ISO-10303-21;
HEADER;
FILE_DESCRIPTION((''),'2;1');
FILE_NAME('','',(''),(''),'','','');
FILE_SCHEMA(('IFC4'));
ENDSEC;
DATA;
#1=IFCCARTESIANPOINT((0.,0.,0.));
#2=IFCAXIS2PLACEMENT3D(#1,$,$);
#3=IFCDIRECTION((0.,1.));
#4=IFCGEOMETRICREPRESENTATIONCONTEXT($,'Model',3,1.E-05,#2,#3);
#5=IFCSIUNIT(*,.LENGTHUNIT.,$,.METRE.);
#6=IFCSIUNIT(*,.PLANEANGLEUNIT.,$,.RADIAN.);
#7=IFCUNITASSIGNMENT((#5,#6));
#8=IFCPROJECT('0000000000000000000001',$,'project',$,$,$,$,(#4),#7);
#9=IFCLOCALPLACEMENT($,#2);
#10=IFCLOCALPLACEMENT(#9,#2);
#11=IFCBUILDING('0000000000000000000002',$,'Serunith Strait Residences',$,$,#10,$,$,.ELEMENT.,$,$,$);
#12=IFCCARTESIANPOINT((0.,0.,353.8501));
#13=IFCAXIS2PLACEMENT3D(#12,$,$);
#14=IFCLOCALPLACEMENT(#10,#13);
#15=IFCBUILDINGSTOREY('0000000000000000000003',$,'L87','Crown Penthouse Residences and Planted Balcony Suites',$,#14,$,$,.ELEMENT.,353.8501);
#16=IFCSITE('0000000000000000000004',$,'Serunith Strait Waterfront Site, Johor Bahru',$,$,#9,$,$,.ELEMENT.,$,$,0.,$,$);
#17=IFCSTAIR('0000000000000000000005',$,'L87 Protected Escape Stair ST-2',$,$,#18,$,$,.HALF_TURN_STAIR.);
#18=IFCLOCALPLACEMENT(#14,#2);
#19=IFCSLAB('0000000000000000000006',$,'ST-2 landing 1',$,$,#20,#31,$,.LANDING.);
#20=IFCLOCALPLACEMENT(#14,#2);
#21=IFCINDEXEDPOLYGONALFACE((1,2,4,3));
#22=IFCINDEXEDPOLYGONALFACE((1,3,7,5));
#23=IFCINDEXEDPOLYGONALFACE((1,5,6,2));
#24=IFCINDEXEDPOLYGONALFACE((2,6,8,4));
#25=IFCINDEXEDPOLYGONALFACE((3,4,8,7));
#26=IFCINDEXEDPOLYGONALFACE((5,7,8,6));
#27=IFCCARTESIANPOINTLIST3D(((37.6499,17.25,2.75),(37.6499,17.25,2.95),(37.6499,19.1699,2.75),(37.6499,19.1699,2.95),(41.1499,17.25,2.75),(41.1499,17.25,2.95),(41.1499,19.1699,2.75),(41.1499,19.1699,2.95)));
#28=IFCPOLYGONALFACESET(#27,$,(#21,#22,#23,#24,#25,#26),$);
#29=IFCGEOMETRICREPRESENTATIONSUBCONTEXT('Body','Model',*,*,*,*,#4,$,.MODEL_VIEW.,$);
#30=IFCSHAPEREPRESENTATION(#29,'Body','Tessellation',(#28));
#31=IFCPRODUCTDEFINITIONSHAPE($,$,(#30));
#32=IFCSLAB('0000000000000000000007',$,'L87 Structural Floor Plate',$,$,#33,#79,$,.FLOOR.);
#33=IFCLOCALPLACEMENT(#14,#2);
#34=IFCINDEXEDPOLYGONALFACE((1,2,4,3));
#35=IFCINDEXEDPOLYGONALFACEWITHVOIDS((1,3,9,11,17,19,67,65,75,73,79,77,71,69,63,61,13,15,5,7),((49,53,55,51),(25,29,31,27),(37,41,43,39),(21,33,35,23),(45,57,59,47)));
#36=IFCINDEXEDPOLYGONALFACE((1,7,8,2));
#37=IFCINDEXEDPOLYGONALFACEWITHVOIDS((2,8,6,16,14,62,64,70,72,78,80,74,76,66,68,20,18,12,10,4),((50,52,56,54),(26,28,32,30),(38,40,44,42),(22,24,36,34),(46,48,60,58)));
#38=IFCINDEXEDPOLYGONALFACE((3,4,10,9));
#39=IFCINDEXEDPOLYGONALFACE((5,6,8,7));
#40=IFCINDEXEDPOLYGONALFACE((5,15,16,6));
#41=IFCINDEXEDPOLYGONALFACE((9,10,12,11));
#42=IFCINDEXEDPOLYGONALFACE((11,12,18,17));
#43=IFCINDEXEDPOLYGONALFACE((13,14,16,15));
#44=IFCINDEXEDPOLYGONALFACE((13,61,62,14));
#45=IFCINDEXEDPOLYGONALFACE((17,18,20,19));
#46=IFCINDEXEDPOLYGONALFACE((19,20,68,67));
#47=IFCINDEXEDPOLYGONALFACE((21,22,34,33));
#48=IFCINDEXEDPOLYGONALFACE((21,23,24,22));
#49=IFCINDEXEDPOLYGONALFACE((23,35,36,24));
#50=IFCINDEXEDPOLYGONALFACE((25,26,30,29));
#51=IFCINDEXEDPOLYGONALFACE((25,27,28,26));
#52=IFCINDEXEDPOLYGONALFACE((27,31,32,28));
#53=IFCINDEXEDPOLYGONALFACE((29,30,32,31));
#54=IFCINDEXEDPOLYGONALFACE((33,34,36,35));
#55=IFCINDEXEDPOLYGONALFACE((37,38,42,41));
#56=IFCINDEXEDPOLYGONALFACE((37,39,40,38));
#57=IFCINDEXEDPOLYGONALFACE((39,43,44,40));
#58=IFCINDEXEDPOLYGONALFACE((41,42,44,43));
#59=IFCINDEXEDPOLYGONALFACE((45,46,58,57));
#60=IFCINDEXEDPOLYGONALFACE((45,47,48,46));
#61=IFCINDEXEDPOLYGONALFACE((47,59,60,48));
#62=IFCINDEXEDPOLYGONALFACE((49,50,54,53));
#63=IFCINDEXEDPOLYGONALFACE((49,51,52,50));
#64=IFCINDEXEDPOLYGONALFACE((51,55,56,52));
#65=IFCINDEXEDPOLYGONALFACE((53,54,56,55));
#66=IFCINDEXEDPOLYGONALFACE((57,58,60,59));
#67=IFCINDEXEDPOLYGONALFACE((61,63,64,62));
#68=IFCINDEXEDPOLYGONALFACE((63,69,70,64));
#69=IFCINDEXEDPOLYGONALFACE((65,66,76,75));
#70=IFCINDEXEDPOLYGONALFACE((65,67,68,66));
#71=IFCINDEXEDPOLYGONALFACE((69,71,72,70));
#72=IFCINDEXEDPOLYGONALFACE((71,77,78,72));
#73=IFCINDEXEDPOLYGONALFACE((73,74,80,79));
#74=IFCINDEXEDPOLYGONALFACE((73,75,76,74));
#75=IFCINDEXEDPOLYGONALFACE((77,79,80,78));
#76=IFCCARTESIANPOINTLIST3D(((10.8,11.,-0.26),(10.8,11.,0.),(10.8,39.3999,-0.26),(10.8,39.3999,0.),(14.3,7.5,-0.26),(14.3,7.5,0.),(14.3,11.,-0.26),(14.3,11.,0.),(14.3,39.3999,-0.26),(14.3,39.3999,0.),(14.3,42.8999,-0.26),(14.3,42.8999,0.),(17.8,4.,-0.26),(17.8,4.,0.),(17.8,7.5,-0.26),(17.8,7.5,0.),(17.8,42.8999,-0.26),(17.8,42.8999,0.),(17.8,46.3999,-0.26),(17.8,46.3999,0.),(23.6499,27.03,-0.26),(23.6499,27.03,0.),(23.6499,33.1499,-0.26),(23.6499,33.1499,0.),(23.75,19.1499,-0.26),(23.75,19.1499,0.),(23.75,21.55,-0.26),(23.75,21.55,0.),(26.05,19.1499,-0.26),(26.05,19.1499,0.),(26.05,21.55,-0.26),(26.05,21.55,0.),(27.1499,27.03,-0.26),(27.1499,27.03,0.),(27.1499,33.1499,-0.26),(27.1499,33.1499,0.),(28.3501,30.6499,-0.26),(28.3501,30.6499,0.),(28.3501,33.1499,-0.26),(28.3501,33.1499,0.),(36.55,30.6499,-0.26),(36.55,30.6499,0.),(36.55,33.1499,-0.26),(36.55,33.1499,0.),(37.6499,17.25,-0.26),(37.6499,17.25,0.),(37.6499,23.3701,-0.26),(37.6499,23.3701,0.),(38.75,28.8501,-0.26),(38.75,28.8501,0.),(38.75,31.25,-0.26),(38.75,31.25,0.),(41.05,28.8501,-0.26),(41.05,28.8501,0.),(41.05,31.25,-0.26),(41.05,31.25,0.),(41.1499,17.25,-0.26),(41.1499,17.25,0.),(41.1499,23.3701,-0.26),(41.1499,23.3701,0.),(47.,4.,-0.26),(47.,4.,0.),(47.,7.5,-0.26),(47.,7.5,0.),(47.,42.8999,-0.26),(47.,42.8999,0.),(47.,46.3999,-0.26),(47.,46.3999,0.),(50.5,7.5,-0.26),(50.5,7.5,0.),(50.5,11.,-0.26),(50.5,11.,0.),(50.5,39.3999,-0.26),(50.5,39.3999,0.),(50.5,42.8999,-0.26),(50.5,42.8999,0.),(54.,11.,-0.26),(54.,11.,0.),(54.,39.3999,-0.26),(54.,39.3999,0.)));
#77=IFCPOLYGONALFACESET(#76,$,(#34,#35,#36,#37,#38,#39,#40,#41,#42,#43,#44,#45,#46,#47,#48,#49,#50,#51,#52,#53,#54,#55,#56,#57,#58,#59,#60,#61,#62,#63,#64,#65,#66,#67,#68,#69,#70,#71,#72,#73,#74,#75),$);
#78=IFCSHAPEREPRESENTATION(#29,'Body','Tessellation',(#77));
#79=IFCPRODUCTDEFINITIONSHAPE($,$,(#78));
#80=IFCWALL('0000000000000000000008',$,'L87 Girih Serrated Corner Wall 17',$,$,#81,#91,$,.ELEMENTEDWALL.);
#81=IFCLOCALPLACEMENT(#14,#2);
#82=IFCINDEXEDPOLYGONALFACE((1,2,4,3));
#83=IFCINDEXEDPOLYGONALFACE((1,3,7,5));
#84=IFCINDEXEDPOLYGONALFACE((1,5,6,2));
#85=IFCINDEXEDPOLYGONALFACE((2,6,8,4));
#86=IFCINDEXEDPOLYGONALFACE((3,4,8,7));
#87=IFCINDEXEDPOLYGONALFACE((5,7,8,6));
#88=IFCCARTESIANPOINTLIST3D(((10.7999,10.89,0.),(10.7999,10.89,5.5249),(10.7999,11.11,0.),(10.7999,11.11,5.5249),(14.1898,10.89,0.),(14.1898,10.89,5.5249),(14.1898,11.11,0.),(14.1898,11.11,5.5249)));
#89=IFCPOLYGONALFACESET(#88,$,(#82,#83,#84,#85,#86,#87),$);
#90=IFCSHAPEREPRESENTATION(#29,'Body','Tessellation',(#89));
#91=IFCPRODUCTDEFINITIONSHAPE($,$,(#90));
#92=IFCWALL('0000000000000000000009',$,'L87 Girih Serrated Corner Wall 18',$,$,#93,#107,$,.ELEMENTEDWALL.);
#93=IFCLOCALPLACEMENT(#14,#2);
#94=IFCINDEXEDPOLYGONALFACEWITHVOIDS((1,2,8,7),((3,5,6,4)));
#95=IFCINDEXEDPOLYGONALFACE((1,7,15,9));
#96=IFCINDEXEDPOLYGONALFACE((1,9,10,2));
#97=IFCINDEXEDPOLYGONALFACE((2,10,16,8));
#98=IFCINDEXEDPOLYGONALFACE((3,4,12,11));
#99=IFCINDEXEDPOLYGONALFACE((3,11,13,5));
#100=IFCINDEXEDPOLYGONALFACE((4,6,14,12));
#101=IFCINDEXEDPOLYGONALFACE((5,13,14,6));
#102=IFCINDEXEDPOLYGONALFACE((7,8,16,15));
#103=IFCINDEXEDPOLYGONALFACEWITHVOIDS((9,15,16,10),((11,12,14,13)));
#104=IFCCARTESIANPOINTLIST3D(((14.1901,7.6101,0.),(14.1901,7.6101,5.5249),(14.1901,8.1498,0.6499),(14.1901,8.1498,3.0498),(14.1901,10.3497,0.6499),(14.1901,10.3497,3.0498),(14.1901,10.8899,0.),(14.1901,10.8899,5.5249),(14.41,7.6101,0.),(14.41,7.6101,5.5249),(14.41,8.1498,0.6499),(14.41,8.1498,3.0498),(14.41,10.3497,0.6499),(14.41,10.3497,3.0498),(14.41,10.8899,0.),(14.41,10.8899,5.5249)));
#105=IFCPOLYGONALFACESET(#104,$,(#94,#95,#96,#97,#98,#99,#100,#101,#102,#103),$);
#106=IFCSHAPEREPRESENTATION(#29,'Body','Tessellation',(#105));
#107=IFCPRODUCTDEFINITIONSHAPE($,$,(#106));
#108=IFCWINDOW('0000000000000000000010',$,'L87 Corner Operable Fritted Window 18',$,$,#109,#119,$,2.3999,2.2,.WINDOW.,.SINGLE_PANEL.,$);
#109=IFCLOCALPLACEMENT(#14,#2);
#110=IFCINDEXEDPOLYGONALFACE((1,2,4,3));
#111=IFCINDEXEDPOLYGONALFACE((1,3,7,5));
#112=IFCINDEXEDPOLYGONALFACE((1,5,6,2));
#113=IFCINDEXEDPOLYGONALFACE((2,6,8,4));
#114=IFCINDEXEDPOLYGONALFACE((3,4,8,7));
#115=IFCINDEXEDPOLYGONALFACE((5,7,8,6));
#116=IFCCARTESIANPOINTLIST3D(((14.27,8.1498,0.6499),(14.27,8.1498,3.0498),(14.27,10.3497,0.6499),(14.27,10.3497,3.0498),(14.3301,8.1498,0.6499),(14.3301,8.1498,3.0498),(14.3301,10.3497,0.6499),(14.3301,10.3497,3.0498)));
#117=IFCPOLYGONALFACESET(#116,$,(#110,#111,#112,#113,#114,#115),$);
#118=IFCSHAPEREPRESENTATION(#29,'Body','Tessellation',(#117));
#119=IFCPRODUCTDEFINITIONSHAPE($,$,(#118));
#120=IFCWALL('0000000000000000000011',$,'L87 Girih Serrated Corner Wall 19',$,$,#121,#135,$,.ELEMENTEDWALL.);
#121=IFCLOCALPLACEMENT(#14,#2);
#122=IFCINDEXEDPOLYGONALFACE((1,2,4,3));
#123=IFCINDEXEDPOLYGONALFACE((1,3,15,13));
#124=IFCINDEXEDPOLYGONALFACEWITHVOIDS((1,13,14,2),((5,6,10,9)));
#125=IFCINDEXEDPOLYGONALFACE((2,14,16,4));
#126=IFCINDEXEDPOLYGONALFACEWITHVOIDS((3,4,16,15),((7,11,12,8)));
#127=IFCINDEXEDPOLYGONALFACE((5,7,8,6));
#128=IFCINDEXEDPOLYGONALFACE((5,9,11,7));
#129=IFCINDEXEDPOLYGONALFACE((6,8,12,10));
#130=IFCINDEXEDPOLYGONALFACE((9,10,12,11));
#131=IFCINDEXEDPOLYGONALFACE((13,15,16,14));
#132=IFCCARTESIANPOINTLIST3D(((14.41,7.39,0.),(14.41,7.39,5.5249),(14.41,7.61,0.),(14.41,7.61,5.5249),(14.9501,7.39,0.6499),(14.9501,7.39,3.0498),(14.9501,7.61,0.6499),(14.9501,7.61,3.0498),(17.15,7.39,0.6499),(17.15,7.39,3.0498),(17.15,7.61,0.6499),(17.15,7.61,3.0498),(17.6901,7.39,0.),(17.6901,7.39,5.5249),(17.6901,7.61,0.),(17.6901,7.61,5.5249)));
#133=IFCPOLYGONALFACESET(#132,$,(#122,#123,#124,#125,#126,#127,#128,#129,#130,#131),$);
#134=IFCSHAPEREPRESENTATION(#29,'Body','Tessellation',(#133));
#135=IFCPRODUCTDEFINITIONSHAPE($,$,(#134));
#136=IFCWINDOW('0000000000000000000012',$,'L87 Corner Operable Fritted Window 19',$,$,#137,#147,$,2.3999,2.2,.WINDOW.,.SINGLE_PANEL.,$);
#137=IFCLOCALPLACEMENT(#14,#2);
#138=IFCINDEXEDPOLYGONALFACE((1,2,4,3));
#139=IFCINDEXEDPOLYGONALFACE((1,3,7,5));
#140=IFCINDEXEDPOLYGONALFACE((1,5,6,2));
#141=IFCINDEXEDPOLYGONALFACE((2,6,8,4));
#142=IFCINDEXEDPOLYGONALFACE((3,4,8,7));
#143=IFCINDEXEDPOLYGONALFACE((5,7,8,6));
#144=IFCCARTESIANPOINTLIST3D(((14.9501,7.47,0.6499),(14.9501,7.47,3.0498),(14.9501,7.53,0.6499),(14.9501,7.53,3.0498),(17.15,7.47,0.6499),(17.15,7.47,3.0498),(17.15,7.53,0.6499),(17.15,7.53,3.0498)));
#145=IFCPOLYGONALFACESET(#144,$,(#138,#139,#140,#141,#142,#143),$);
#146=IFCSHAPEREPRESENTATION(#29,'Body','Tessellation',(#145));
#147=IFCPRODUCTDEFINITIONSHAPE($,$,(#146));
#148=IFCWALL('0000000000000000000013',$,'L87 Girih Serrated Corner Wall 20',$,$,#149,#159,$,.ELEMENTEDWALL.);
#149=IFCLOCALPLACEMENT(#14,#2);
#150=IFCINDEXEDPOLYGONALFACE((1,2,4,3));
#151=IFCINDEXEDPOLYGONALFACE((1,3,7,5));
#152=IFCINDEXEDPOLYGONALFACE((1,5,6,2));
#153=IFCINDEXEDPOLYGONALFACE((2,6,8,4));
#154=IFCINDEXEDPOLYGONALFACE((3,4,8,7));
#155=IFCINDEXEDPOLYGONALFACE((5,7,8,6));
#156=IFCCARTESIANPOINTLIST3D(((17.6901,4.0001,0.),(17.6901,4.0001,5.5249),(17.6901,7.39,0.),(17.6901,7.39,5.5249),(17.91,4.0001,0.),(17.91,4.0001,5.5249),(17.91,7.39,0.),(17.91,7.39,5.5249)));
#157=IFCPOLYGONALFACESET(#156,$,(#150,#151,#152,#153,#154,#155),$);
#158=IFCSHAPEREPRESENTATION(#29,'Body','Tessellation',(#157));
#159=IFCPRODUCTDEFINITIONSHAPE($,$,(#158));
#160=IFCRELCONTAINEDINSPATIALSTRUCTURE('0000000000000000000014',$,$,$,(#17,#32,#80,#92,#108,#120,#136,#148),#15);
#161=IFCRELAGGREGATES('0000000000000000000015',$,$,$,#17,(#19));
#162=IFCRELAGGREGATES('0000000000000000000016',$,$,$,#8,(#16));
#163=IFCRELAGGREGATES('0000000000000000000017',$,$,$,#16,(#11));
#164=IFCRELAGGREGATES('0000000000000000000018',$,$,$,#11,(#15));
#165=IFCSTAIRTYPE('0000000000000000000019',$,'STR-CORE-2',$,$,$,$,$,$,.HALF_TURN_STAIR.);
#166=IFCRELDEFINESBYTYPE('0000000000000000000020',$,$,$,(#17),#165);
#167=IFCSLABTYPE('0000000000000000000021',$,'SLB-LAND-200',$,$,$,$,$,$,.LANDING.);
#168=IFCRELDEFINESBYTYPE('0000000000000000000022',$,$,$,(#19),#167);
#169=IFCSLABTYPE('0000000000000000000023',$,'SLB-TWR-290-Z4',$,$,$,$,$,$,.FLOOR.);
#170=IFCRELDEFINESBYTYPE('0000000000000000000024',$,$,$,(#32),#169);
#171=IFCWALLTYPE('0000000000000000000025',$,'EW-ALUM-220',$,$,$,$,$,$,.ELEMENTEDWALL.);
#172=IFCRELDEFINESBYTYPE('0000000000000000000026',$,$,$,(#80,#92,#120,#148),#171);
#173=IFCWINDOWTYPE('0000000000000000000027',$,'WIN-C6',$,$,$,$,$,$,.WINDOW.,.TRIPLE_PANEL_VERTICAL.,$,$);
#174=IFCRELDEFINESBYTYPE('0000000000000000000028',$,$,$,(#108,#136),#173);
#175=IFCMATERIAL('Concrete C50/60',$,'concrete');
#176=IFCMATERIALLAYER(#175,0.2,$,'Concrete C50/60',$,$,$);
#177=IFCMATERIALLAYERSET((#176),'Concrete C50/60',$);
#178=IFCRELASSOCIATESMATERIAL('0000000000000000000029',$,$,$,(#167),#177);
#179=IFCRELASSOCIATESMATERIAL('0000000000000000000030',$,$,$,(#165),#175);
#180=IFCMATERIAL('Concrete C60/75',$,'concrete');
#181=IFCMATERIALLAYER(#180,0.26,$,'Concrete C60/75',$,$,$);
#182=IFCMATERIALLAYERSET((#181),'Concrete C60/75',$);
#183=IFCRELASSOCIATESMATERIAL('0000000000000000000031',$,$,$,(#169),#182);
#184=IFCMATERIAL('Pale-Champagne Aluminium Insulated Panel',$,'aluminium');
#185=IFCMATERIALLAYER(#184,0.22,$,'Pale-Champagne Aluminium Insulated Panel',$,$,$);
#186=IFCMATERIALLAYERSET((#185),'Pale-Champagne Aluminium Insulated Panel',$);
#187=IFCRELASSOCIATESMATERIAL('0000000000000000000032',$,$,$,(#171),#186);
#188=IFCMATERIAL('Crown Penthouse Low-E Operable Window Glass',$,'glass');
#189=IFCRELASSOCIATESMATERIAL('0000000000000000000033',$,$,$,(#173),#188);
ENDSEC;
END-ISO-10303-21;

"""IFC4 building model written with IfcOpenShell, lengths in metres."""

from ifc_helpers import new_model, si_unit, direction, frame, frame_2d, origin, place, context, subcontext, project, spatial, polyline, rectangle, outline, extrude, source, transform, mapped, material, layer, layer_set, type_object, element, fill, aggregate, save


model = new_model("IFC4")

# Units and contexts
model_context = context("Model", 3, precision=1e-05, world=origin(), true_north=direction((0.0, 1.0)))
body_context = subcontext(model_context, "Body", "Model", "MODEL_VIEW")
ifc_project = project(units=[si_unit("LENGTHUNIT", "METRE"), si_unit("PLANEANGLEUNIT", "RADIAN")], contexts=[model_context])

# Site, building, storey
site_placement = place(None, origin())
site = spatial("IfcSite", under=ifc_project, at=site_placement, Name="Serunith Strait Waterfront Site, Johor Bahru", CompositionType="ELEMENT", RefElevation=0.0)
building_placement = place(site_placement, origin())
building = spatial("IfcBuilding", under=site, at=building_placement, Name="Serunith Strait Residences", CompositionType="ELEMENT")
storey_placement = place(building_placement, frame((0.0, 0.0, 353.8501)))
storey = spatial("IfcBuildingStorey", under=building, at=storey_placement, Name="L87", Description="Crown Penthouse Residences and Planted Balcony Suites", CompositionType="ELEMENT", Elevation=353.8501)

# Shared definitions
ifc_material_1 = material(Name="Concrete C60/75", Category="concrete")

# Shared definitions
ifc_material_2 = material(Name="Concrete C50/60", Category="concrete")

# Stair, slab
ifc_layer_1 = layer(ifc_material_2, 0.2, Name="Concrete C50/60")
ifc_layer_set_1 = layer_set([ifc_layer_1], Name="Concrete C50/60")
slab_type_1 = type_object("IfcSlabType", Name="SLB-LAND-200", PredefinedType="LANDING", material=ifc_layer_set_1)
stair_type_1 = type_object("IfcStairType", Name="STR-CORE-2", PredefinedType="HALF_TURN_STAIR", material=ifc_material_2)
stair_1_placement = place(storey_placement, origin())
stair_1 = element("IfcStair", 1, at=stair_1_placement, inside=storey, type_object=stair_type_1, Name="L87 Protected Escape Stair ST-2", PredefinedType="HALF_TURN_STAIR")
slab_1_placement = place(storey_placement, frame((0.0, 0.0, 2.75)))
slab_1 = element("IfcSlab", 2, at=slab_1_placement, type_object=slab_type_1, Name="ST-2 landing 1", PredefinedType="LANDING", context=body_context, shape_type="SweptSolid", body=[
    extrude(outline(polyline([(37.6499, 19.1699), (37.6499, 17.25), (41.1499, 17.25), (41.1499, 19.1699), (37.6499, 19.1699)])), origin(), (0.0, 0.0, 1.0), 0.2),
])
aggregate(stair_1, [slab_1])

# Slab
ifc_layer_2 = layer(ifc_material_1, 0.26, Name="Concrete C60/75")
ifc_layer_set_2 = layer_set([ifc_layer_2], Name="Concrete C60/75")
slab_type_2 = type_object("IfcSlabType", Name="SLB-TWR-290-Z4", PredefinedType="FLOOR", material=ifc_layer_set_2)
slab_2_placement = place(storey_placement, frame((0.0, 0.0, -0.26)))
element("IfcSlab", 3, at=slab_2_placement, inside=storey, type_object=slab_type_2, Name="L87 Structural Floor Plate", PredefinedType="FLOOR", context=body_context, shape_type="SweptSolid", body=[
    extrude(outline(polyline([(17.8, 7.5), (14.3, 7.5), (14.3, 11.0), (10.8, 11.0), (10.8, 39.3999), (14.3, 39.3999), (14.3, 42.8999), (17.8, 42.8999), (17.8, 46.3999), (47.0, 46.3999), (47.0, 42.8999), (50.5, 42.8999), (50.5, 39.3999), (54.0, 39.3999), (54.0, 11.0), (50.5, 11.0), (50.5, 7.5), (47.0, 7.5), (47.0, 4.0), (17.8, 4.0), (17.8, 7.5)]), holes=[polyline([(41.1499, 23.3701), (37.6499, 23.3701), (37.6499, 17.25), (41.1499, 17.25), (41.1499, 23.3701)]), polyline([(38.75, 31.25), (38.75, 28.8501), (41.05, 28.8501), (41.05, 31.25), (38.75, 31.25)]), polyline([(36.55, 33.1499), (28.3501, 33.1499), (28.3501, 30.6499), (36.55, 30.6499), (36.55, 33.1499)]), polyline([(23.6499, 33.1499), (23.6499, 27.03), (27.1499, 27.03), (27.1499, 33.1499), (23.6499, 33.1499)]), polyline([(23.75, 21.55), (23.75, 19.1499), (26.05, 19.1499), (26.05, 21.55), (23.75, 21.55)])]), origin(), (0.0, 0.0, 1.0), 0.26),
])

# Wall
ifc_material_3 = material(Name="Pale-Champagne Aluminium Insulated Panel", Category="aluminium")
ifc_layer_3 = layer(ifc_material_3, 0.22, Name="Pale-Champagne Aluminium Insulated Panel")
ifc_layer_set_3 = layer_set([ifc_layer_3], Name="Pale-Champagne Aluminium Insulated Panel")
wall_type = type_object("IfcWallType", Name="EW-ALUM-220", PredefinedType="ELEMENTEDWALL", material=ifc_layer_set_3)
wall_1_placement = place(storey_placement, frame((10.8, 11.0, 0.0), z_axis=(0.0, 0.0, 1.0), x_axis=(1.0, 0.0, 0.0)))
element("IfcWall", 4, at=wall_1_placement, inside=storey, type_object=wall_type, Name="L87 Girih Serrated Corner Wall 17", PredefinedType="ELEMENTEDWALL", context=body_context, shape_type="SweptSolid", body=[
    extrude(rectangle(XDim=3.3899, YDim=0.22, at=frame_2d((1.6948, 0.0))), origin(), (0.0, 0.0, 1.0), 5.5249),
])

# Walls, openings, windows
wall_2_placement = place(storey_placement, frame((14.3, 10.8899, 0.0), z_axis=(0.0, 0.0, 1.0), x_axis=(0.0, -1.0, 0.0)))
wall_2 = element("IfcWall", 5, at=wall_2_placement, inside=storey, type_object=wall_type, Name="L87 Girih Serrated Corner Wall 18", PredefinedType="ELEMENTEDWALL", context=body_context, shape_type="SweptSolid", body=[
    extrude(rectangle(XDim=3.2798, YDim=0.22, at=frame_2d((1.6399, 0.0))), origin(), (0.0, 0.0, 1.0), 5.5249),
])
opening_1_placement = place(wall_2_placement, frame((0.54, 0.0, 0.6499)))
opening_1 = element("IfcOpeningElement", 6, at=opening_1_placement, cuts=wall_2, PredefinedType="OPENING", context=body_context, shape_type="SweptSolid", body=[
    extrude(rectangle(XDim=2.2, YDim=2.3999, at=frame_2d((1.1001, 1.2))), frame((0.0, 0.1201, 0.0), z_axis=(0.0, -1.0, 0.0), x_axis=(1.0, 0.0, 0.0)), (0.0, 0.0, 1.0), 0.24),
])
ifc_material_4 = material(Name="Crown Penthouse Low-E Operable Window Glass", Category="glass")
window_type = type_object("IfcWindowType", Name="WIN-C6", PartitioningType="TRIPLE_PANEL_VERTICAL", PredefinedType="WINDOW", material=ifc_material_4)
shared_shape_1 = source(origin(), body_context, "Body", "SweptSolid", [
    extrude(rectangle(XDim=2.2, YDim=2.3999, at=frame_2d((1.1001, 1.2))), frame((0.0, 0.03, 0.0), z_axis=(0.0, -1.0, 0.0), x_axis=(1.0, 0.0, 0.0)), (0.0, 0.0, 1.0), 0.0601),
])
window_1_placement = place(opening_1_placement, origin())
window_1 = element("IfcWindow", 7, at=window_1_placement, inside=storey, type_object=window_type, Name="L87 Corner Operable Fritted Window 18", OverallHeight=2.3999, OverallWidth=2.2, PartitioningType="SINGLE_PANEL", PredefinedType="WINDOW", context=body_context, shape_type="MappedRepresentation", body=[
    mapped(shared_shape_1, transform((0.0, 0.0, 0.0), scale=1.0)),
])
fill(opening_1, window_1)
wall_3_placement = place(storey_placement, frame((14.4099, 7.5, 0.0), z_axis=(0.0, 0.0, 1.0), x_axis=(1.0, 0.0, 0.0)))
wall_3 = element("IfcWall", 8, at=wall_3_placement, inside=storey, type_object=wall_type, Name="L87 Girih Serrated Corner Wall 19", PredefinedType="ELEMENTEDWALL", context=body_context, shape_type="SweptSolid", body=[
    extrude(rectangle(XDim=3.28, YDim=0.22, at=frame_2d((1.6401, 0.0))), origin(), (0.0, 0.0, 1.0), 5.5249),
])
opening_2_placement = place(wall_3_placement, frame((0.54, 0.0, 0.6499)))
opening_2 = element("IfcOpeningElement", 9, at=opening_2_placement, cuts=wall_3, PredefinedType="OPENING", context=body_context, shape_type="SweptSolid", body=[
    extrude(rectangle(XDim=2.2, YDim=2.3999, at=frame_2d((1.1001, 1.2))), frame((0.0, 0.1201, 0.0), z_axis=(0.0, -1.0, 0.0), x_axis=(1.0, 0.0, 0.0)), (0.0, 0.0, 1.0), 0.24),
])
window_2_placement = place(opening_2_placement, origin())
window_2 = element("IfcWindow", 10, at=window_2_placement, inside=storey, type_object=window_type, Name="L87 Corner Operable Fritted Window 19", OverallHeight=2.3999, OverallWidth=2.2, PartitioningType="SINGLE_PANEL", PredefinedType="WINDOW", context=body_context, shape_type="MappedRepresentation", body=[
    mapped(shared_shape_1, transform((0.0, 0.0, 0.0), scale=1.0)),
])
fill(opening_2, window_2)

# Wall
wall_4_placement = place(storey_placement, frame((17.8, 7.3899, 0.0), z_axis=(0.0, 0.0, 1.0), x_axis=(0.0, -1.0, 0.0)))
element("IfcWall", 11, at=wall_4_placement, inside=storey, type_object=wall_type, Name="L87 Girih Serrated Corner Wall 20", PredefinedType="ELEMENTEDWALL", context=body_context, shape_type="SweptSolid", body=[
    extrude(rectangle(XDim=3.3899, YDim=0.22, at=frame_2d((1.6948, 0.0))), origin(), (0.0, 0.0, 1.0), 5.5249),
])

save(model, "model.ifc")
